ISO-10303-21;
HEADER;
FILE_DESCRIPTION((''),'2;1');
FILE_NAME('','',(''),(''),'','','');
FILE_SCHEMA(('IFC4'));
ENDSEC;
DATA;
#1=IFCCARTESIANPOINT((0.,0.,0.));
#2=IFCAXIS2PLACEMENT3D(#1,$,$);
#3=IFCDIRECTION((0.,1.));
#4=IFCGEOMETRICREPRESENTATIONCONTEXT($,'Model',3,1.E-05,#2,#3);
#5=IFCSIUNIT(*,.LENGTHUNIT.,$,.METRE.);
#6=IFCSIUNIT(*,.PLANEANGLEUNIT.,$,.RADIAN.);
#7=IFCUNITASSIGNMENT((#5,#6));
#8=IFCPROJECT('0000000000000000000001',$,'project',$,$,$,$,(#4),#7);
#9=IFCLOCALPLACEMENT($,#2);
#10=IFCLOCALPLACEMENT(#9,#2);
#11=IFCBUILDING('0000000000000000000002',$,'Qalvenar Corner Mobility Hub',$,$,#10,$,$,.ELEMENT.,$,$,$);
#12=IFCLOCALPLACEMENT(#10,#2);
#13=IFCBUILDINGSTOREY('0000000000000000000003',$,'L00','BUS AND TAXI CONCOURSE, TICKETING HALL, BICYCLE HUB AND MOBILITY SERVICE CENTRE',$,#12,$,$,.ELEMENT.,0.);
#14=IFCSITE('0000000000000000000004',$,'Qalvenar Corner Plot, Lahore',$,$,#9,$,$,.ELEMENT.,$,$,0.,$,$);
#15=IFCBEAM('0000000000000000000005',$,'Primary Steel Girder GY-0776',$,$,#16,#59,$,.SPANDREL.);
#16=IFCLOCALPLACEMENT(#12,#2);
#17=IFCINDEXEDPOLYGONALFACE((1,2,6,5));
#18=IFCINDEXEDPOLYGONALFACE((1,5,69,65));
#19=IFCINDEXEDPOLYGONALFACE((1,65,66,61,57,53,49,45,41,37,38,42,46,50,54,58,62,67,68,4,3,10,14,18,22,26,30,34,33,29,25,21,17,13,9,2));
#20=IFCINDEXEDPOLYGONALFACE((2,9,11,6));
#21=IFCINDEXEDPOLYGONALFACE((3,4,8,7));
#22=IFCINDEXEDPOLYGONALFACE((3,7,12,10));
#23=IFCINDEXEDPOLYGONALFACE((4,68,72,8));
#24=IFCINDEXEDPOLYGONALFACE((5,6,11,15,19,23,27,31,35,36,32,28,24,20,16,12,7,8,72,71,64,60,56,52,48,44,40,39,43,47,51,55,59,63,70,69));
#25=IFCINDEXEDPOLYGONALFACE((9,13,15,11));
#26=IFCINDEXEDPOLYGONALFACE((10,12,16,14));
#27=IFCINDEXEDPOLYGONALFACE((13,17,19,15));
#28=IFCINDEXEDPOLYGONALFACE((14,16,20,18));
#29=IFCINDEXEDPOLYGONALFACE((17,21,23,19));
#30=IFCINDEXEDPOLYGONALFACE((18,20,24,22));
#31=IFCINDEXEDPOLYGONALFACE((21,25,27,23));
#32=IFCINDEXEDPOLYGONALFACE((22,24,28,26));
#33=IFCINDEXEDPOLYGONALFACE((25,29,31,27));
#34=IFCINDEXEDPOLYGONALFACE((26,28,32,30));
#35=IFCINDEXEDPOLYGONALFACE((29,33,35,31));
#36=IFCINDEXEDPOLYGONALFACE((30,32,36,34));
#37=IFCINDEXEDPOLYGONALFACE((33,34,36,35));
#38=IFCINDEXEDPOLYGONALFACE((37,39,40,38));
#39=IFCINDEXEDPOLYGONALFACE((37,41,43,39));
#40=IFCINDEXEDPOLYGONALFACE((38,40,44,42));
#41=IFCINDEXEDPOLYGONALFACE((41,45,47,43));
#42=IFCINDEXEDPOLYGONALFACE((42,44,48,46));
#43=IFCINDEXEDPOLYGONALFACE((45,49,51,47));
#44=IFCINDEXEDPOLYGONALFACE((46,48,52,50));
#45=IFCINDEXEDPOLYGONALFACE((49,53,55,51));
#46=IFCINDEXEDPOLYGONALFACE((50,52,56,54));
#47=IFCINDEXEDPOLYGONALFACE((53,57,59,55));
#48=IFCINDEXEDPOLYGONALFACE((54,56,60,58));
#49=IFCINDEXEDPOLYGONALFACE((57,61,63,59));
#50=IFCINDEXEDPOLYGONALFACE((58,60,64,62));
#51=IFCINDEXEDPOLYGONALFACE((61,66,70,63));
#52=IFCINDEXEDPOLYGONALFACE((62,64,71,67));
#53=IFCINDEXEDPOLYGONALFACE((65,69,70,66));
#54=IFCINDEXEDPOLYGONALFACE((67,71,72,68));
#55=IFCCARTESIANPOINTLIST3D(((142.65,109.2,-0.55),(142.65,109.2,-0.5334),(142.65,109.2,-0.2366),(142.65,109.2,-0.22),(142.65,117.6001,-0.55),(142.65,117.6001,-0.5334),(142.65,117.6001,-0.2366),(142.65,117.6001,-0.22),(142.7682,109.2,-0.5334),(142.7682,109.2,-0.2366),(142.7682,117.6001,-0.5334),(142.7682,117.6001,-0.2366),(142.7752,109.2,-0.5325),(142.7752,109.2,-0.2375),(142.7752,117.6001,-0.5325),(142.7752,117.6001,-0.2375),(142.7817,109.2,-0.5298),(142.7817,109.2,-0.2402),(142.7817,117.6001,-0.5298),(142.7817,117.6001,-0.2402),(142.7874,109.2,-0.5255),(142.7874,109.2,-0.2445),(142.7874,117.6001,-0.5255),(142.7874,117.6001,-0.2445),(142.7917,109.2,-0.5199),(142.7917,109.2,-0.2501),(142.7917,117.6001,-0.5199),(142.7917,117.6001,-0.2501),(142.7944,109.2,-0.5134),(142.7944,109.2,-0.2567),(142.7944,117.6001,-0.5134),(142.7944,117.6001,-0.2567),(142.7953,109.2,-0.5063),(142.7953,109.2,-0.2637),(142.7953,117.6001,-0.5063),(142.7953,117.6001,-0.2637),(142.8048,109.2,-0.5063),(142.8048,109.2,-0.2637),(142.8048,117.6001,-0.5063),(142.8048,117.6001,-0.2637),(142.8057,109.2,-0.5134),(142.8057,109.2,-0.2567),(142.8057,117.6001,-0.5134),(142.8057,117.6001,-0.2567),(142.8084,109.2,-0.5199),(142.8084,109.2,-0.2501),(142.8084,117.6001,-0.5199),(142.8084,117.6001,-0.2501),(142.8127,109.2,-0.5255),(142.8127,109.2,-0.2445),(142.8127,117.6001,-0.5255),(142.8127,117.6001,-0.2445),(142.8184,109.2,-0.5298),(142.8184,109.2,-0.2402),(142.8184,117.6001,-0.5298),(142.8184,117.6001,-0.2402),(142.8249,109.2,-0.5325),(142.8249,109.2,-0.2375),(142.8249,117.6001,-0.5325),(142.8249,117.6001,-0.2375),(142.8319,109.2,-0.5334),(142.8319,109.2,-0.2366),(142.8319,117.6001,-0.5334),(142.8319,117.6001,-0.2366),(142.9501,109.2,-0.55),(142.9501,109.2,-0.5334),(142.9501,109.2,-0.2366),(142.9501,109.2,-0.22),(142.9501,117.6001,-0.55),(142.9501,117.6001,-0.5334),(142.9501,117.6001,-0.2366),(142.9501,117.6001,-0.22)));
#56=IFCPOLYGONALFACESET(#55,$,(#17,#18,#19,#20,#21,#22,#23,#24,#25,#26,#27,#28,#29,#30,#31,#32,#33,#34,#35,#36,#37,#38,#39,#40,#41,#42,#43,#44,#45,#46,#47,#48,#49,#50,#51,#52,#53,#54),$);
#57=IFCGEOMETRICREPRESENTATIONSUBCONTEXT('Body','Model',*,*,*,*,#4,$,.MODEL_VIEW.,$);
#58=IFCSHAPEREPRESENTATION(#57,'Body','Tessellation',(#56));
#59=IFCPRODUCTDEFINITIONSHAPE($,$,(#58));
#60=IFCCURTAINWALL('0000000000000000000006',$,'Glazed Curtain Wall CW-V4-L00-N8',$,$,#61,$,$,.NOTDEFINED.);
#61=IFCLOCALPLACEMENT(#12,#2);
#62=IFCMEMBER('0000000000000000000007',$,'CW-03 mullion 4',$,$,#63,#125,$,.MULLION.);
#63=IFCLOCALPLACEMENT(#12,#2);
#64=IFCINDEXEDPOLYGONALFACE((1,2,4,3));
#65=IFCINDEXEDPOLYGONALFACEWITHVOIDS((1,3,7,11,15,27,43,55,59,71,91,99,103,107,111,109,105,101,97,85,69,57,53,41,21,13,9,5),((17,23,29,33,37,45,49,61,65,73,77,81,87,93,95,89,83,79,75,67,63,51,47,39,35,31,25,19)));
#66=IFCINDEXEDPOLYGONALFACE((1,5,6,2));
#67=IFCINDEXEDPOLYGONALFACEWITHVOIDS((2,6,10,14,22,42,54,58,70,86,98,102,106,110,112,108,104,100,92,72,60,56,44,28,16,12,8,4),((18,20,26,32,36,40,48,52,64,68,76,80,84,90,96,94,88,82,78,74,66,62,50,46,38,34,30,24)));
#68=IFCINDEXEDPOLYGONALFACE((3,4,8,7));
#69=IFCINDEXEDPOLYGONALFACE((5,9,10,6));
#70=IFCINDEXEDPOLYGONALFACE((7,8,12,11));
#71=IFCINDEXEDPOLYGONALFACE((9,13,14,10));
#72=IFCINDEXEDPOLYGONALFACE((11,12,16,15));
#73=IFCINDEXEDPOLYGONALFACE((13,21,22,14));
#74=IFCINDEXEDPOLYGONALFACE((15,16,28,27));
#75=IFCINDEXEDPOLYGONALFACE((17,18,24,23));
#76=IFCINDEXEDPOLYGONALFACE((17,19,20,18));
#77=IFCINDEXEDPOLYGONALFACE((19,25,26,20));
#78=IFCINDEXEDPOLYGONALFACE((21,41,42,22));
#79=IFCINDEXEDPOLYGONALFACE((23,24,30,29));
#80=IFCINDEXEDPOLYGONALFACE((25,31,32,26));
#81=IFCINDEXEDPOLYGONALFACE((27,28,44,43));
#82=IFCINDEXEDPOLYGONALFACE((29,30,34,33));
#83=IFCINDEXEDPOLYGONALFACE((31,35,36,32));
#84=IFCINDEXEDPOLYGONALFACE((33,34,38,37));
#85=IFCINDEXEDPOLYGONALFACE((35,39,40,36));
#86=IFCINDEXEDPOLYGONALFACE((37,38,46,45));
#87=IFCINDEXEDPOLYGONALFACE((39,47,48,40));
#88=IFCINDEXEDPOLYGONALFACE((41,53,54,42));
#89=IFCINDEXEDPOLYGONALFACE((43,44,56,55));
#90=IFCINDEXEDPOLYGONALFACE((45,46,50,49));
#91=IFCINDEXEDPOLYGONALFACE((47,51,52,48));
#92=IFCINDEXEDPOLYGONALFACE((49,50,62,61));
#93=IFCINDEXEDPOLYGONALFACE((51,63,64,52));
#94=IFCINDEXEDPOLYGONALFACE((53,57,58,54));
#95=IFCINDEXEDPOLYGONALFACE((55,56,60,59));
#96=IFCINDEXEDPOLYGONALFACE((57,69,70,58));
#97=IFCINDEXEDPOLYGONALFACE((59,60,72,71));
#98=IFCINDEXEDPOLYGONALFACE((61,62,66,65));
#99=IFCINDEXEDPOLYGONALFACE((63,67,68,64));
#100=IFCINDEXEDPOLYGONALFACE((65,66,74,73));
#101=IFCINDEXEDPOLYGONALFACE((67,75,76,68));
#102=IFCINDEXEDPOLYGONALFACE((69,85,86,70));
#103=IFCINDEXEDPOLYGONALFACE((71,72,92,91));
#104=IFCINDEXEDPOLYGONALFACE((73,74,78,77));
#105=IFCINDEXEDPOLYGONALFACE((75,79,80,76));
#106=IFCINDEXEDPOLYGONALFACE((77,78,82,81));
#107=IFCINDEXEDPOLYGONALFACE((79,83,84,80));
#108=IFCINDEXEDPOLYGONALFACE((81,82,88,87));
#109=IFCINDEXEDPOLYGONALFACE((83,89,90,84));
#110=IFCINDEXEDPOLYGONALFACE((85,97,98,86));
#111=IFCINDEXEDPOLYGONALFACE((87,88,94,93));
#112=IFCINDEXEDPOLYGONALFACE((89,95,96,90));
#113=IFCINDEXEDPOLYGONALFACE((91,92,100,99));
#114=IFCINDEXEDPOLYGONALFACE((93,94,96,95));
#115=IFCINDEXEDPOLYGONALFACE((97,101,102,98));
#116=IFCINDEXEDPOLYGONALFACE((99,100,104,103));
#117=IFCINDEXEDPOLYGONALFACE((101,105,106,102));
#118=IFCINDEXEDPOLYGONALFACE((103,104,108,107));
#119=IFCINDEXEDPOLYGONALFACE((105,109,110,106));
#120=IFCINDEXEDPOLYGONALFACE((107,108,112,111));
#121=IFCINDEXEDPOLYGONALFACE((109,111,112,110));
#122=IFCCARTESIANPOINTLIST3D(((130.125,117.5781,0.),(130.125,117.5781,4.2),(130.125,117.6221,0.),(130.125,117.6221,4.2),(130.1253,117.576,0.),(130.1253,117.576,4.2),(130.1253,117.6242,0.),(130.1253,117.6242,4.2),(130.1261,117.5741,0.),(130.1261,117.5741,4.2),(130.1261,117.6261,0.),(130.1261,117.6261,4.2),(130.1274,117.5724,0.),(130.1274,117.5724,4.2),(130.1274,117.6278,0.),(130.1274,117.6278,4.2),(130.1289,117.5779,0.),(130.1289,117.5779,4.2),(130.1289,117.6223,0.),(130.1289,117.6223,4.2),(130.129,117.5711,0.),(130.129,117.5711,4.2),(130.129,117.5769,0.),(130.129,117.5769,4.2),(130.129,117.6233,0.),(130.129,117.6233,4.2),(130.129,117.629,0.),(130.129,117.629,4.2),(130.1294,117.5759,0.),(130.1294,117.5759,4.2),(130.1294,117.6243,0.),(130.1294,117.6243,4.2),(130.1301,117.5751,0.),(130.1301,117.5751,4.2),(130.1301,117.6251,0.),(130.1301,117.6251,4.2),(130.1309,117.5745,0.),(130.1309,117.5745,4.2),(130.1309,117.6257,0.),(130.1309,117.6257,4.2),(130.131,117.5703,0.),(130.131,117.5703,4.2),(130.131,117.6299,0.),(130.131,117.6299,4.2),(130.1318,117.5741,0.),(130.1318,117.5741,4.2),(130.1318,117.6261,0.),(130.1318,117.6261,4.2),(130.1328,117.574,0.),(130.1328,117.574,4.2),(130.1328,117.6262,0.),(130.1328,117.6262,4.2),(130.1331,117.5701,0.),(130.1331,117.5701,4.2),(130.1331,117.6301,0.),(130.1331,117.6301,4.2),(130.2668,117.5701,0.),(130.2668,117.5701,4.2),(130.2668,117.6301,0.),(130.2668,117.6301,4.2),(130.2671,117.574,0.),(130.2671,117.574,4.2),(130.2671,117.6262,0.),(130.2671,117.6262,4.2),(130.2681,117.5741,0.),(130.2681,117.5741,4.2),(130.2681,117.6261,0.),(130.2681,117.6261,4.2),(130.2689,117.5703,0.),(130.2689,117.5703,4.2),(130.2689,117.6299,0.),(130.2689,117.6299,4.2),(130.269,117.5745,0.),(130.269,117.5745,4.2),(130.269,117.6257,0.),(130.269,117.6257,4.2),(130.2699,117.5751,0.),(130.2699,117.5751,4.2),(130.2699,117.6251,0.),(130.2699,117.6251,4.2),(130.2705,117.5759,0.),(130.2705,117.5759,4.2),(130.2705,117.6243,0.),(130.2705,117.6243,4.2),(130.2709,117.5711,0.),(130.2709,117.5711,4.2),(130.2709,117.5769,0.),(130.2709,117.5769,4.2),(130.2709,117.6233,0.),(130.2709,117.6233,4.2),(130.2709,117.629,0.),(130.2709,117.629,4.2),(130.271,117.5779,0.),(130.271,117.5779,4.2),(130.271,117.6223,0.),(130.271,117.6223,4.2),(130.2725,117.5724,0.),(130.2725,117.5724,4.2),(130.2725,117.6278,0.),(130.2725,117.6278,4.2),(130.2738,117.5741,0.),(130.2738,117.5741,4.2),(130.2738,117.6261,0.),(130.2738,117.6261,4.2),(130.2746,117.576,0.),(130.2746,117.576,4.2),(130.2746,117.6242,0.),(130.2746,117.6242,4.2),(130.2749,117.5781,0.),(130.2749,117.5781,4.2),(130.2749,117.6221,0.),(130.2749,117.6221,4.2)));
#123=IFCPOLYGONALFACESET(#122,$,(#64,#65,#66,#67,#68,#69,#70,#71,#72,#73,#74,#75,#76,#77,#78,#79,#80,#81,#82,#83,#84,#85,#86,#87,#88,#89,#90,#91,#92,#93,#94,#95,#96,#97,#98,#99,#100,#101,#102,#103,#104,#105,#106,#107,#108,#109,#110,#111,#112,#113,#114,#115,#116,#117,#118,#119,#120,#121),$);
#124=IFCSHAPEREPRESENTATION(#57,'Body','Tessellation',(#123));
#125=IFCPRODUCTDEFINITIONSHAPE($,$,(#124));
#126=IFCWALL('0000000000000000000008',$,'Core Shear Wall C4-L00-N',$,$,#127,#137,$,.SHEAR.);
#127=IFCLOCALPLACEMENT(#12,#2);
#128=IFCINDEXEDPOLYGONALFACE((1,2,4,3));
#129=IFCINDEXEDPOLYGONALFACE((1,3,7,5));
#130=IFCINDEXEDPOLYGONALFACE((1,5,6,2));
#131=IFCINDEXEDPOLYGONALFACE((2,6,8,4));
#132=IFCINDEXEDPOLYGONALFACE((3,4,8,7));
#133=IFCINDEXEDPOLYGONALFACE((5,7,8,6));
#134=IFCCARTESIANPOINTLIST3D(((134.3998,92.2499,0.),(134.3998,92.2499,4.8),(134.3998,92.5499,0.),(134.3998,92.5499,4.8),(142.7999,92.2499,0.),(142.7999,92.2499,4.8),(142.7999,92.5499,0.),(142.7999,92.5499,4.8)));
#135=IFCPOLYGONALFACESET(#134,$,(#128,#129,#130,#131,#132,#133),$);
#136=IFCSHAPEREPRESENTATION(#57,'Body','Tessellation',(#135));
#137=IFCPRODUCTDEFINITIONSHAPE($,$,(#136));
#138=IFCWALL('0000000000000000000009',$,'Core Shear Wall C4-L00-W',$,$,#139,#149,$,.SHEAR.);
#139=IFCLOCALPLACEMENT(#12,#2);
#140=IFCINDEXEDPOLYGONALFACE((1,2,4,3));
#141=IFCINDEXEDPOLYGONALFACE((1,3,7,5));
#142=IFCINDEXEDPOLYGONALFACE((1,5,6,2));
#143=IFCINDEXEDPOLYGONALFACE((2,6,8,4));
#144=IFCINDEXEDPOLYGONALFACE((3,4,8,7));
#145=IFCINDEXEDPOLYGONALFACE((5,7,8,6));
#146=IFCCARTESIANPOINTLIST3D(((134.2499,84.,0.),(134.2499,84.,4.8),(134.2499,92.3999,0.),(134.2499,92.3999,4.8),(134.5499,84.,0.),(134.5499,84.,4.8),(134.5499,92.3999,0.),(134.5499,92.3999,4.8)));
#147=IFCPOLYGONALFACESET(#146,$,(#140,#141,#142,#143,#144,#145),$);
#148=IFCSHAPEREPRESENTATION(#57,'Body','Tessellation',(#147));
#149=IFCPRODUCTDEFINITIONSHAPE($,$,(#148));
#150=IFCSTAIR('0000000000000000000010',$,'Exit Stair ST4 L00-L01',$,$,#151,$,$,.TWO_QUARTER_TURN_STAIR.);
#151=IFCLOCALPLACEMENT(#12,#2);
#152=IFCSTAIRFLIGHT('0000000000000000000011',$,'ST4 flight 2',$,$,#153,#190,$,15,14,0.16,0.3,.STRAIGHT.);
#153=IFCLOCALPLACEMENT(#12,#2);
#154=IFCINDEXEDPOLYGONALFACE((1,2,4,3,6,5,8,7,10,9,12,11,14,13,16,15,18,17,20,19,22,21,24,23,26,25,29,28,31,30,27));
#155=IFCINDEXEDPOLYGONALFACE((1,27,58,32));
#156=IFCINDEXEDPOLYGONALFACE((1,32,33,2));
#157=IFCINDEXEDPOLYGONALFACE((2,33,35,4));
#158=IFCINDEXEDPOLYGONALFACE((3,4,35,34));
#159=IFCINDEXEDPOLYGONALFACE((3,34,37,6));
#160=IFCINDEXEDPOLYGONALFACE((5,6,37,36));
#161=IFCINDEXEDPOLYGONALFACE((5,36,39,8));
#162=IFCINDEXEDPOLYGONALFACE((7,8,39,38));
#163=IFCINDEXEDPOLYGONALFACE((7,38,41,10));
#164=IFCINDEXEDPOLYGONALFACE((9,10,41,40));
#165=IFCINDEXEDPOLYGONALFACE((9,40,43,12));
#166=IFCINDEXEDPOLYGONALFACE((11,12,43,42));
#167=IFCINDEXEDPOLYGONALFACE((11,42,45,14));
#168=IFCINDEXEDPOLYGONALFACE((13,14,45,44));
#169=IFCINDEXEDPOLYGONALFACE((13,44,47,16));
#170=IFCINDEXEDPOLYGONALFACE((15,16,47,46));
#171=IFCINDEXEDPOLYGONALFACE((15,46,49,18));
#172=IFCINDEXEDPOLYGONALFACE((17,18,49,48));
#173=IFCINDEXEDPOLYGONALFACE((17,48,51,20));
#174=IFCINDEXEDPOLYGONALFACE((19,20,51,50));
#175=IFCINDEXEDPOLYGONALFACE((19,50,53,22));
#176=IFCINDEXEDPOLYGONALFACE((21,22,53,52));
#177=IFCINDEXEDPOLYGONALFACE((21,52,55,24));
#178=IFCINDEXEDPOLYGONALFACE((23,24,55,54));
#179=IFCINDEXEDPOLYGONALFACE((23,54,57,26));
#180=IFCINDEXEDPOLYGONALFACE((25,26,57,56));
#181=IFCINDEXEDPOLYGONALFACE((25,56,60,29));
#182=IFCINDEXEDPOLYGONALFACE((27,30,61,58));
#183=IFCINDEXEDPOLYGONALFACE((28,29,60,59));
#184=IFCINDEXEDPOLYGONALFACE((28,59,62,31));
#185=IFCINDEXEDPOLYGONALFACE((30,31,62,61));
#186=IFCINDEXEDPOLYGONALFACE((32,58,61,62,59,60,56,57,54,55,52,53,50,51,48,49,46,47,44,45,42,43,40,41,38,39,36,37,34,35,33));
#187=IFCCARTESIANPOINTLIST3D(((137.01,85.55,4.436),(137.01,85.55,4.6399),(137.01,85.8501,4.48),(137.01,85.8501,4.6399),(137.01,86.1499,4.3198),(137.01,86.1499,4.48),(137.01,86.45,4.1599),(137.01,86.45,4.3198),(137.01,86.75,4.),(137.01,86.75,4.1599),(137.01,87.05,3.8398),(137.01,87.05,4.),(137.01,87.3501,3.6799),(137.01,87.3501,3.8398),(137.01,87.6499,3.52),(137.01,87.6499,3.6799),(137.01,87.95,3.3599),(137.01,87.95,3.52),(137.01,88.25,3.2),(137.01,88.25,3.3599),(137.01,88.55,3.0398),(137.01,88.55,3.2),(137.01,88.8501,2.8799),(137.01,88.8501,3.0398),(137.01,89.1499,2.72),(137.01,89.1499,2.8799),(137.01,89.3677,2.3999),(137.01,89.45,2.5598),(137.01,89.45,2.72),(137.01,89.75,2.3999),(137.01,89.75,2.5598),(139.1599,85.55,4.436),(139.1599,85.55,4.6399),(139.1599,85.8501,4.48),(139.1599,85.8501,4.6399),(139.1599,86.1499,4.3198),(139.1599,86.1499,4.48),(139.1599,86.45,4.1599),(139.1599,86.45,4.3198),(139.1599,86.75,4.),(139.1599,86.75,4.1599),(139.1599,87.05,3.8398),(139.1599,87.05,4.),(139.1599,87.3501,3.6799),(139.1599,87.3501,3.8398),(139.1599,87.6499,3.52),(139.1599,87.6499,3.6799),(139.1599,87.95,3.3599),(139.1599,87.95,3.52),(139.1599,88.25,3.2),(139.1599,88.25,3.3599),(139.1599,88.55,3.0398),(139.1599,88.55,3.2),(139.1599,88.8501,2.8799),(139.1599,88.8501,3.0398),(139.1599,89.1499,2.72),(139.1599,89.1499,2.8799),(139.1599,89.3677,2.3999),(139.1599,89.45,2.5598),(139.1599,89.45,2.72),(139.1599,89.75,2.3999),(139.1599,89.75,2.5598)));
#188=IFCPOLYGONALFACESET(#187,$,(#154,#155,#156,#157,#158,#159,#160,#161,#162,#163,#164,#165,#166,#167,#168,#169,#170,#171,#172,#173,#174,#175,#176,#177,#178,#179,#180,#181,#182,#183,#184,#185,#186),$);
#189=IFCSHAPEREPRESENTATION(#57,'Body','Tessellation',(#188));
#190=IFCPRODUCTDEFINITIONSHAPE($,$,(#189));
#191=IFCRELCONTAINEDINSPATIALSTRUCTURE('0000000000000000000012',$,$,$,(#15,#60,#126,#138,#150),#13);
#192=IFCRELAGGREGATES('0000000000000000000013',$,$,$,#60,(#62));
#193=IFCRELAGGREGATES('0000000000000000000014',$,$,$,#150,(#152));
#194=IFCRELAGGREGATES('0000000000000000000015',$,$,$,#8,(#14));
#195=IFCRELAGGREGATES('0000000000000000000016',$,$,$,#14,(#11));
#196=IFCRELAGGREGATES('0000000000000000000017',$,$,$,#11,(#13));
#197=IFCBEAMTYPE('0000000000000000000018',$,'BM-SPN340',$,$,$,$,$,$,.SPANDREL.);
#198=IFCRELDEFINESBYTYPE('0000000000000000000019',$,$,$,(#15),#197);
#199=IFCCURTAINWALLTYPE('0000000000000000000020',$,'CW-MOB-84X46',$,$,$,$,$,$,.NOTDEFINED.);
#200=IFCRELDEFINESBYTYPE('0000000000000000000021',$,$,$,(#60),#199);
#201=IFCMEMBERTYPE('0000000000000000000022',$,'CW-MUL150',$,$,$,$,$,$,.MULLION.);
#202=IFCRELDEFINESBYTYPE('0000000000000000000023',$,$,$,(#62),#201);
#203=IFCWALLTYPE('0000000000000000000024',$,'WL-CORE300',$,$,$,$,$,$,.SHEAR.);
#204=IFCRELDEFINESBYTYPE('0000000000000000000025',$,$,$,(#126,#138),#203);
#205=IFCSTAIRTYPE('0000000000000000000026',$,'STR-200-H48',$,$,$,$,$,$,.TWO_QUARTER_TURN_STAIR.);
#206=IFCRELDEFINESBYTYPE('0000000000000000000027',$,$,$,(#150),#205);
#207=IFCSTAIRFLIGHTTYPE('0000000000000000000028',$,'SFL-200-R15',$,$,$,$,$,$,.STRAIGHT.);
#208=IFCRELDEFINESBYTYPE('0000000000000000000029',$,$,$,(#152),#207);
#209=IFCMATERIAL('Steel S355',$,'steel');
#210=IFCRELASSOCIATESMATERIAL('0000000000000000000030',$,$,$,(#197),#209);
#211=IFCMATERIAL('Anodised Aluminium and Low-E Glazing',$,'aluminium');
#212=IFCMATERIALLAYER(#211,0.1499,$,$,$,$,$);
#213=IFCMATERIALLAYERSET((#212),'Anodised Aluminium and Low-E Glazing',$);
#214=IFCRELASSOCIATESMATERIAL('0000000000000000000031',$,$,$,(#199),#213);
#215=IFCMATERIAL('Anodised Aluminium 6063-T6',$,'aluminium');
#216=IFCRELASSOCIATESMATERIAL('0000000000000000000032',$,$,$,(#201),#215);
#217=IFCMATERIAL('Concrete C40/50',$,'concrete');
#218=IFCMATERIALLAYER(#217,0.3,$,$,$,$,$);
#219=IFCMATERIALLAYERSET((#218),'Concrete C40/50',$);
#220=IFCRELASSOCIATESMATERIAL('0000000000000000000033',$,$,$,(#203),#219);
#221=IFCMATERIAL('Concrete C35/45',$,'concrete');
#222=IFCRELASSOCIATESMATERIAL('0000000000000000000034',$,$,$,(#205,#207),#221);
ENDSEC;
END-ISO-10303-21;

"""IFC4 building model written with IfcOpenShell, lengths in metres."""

from ifc_helpers import new_model, si_unit, direction, frame, frame_2d, origin, origin_2d, place, context, subcontext, project, spatial, polyline, rectangle, hollow_rectangle, i_section, outline, extrude, material, layer, layer_set, material_profile, profile_set, type_object, element, aggregate, save


model = new_model("IFC4")

# Units and contexts
model_context = context("Model", 3, precision=1e-05, world=origin(), true_north=direction((0.0, 1.0)))
body_context = subcontext(model_context, "Body", "Model", "MODEL_VIEW")
ifc_project = project(units=[si_unit("LENGTHUNIT", "METRE"), si_unit("PLANEANGLEUNIT", "RADIAN")], contexts=[model_context])

# Site, building, storey
site_placement = place(None, origin())
site = spatial("IfcSite", under=ifc_project, at=site_placement, Name="Qalvenar Corner Plot, Lahore", CompositionType="ELEMENT", RefElevation=0.0)
building_placement = place(site_placement, origin())
building = spatial("IfcBuilding", under=site, at=building_placement, Name="Qalvenar Corner Mobility Hub", CompositionType="ELEMENT")
storey_placement = place(building_placement, origin())
storey = spatial("IfcBuildingStorey", under=building, at=storey_placement, Name="L00", Description="BUS AND TAXI CONCOURSE, TICKETING HALL, BICYCLE HUB AND MOBILITY SERVICE CENTRE", CompositionType="ELEMENT", Elevation=0.0)

# Shared definitions
ifc_material_1 = material(Name="Steel S355", Category="steel")

# Beam
ifc_material_profile_1 = material_profile(ifc_material_1, i_section(OverallWidth=0.3, OverallDepth=0.3301, WebThickness=0.0095, FlangeThickness=0.0166, FilletRadius=0.0271, at=origin_2d()), Name="HEA340")
ifc_profile_set_1 = profile_set([ifc_material_profile_1], Name="Steel S355")
beam_type_1 = type_object("IfcBeamType", Name="BM-SPN340", PredefinedType="SPANDREL", material=ifc_profile_set_1)
beam_1_placement = place(storey_placement, frame((142.8, 109.2, -0.385), z_axis=(0.0, 1.0, 0.0), x_axis=(-1.0, 0.0, 0.0)))
element("IfcBeam", 1, at=beam_1_placement, inside=storey, type_object=beam_type_1, Name="Primary Steel Girder GY-0776", PredefinedType="SPANDREL", context=body_context, shape_type="SweptSolid", body=[
    extrude(i_section(OverallWidth=0.3, OverallDepth=0.3301, WebThickness=0.0095, FlangeThickness=0.0166, FilletRadius=0.0271, at=origin_2d()), origin(), (0.0, 0.0, 1.0), 8.4001),
])

# Curtain wall, member
ifc_material_2 = material(Name="Anodised Aluminium and Low-E Glazing", Category="aluminium")
ifc_layer_1 = layer(ifc_material_2, 0.1499)
ifc_layer_set_1 = layer_set([ifc_layer_1], Name="Anodised Aluminium and Low-E Glazing")
curtain_wall_type = type_object("IfcCurtainWallType", Name="CW-MOB-84X46", PredefinedType="NOTDEFINED", material=ifc_layer_set_1)
curtain_wall_placement = place(storey_placement, origin())
curtain_wall = element("IfcCurtainWall", 2, at=curtain_wall_placement, inside=storey, type_object=curtain_wall_type, Name="Glazed Curtain Wall CW-V4-L00-N8", PredefinedType="NOTDEFINED")
ifc_material_3 = material(Name="Anodised Aluminium 6063-T6", Category="aluminium")
ifc_material_profile_2 = material_profile(ifc_material_3, hollow_rectangle(XDim=0.0601, YDim=0.1499, WallThickness=0.0039, InnerFilletRadius=0.0039, OuterFilletRadius=0.0081, at=origin_2d()), Name="RHS150x60x4")
ifc_profile_set_2 = profile_set([ifc_material_profile_2], Name="Anodised Aluminium 6063-T6")
member_type = type_object("IfcMemberType", Name="CW-MUL150", PredefinedType="MULLION", material=ifc_profile_set_2)
member_placement = place(storey_placement, frame((130.2, 117.6001, 0.0), z_axis=(0.0, 0.0, 1.0), x_axis=(0.0, -1.0, 0.0)))
member = element("IfcMember", 3, at=member_placement, type_object=member_type, Name="CW-03 mullion 4", PredefinedType="MULLION", context=body_context, shape_type="SweptSolid", body=[
    extrude(hollow_rectangle(XDim=0.0601, YDim=0.1499, WallThickness=0.0039, InnerFilletRadius=0.0039, OuterFilletRadius=0.0081, at=origin_2d()), origin(), (0.0, 0.0, 1.0), 4.2),
])
aggregate(curtain_wall, [member])

# Walls
ifc_material_4 = material(Name="Concrete C40/50", Category="concrete")
ifc_layer_2 = layer(ifc_material_4, 0.3)
ifc_layer_set_2 = layer_set([ifc_layer_2], Name="Concrete C40/50")
wall_type = type_object("IfcWallType", Name="WL-CORE300", PredefinedType="SHEAR", material=ifc_layer_set_2)
wall_1_placement = place(storey_placement, frame((142.8, 92.3999, 0.0), z_axis=(0.0, 0.0, 1.0), x_axis=(-1.0, 0.0, 0.0)))
element("IfcWall", 4, at=wall_1_placement, inside=storey, type_object=wall_type, Name="Core Shear Wall C4-L00-N", PredefinedType="SHEAR", context=body_context, shape_type="SweptSolid", body=[
    extrude(rectangle(XDim=8.4001, YDim=0.3, at=frame_2d((4.2002, 0.0))), origin(), (0.0, 0.0, 1.0), 4.8),
])
wall_2_placement = place(storey_placement, frame((134.3999, 92.3999, 0.0), z_axis=(0.0, 0.0, 1.0), x_axis=(0.0, -1.0, 0.0)))
element("IfcWall", 5, at=wall_2_placement, inside=storey, type_object=wall_type, Name="Core Shear Wall C4-L00-W", PredefinedType="SHEAR", context=body_context, shape_type="SweptSolid", body=[
    extrude(rectangle(XDim=8.3999, YDim=0.3, at=frame_2d((4.2, 0.0))), origin(), (0.0, 0.0, 1.0), 4.8),
])

# Stair, stair flight
ifc_material_5 = material(Name="Concrete C35/45", Category="concrete")
stair_type = type_object("IfcStairType", Name="STR-200-H48", PredefinedType="TWO_QUARTER_TURN_STAIR", material=ifc_material_5)
stair_placement = place(storey_placement, origin())
stair = element("IfcStair", 6, at=stair_placement, inside=storey, type_object=stair_type, Name="Exit Stair ST4 L00-L01", PredefinedType="TWO_QUARTER_TURN_STAIR")
stair_flight_type = type_object("IfcStairFlightType", Name="SFL-200-R15", PredefinedType="STRAIGHT", material=ifc_material_5)
stair_flight_placement = place(storey_placement, frame((138.085, 89.75, 2.3999), z_axis=(0.0, 0.0, 1.0), x_axis=(0.0, -1.0, 0.0)))
stair_flight = element("IfcStairFlight", 7, at=stair_flight_placement, type_object=stair_flight_type, Name="ST4 flight 2", NumberOfRisers=15, NumberOfTreads=14, PredefinedType="STRAIGHT", RiserHeight=0.16, TreadLength=0.3, context=body_context, shape_type="SweptSolid", body=[
    extrude(outline(polyline([(0.0, 0.0), (0.0, 0.1599), (0.3, 0.1599), (0.3, 0.3201), (0.6001, 0.3201), (0.6001, 0.48), (0.8999, 0.48), (0.8999, 0.6399), (1.2, 0.6399), (1.2, 0.8), (1.5, 0.8), (1.5, 0.96), (1.8, 0.96), (1.8, 1.1201), (2.1001, 1.1201), (2.1001, 1.28), (2.3999, 1.28), (2.3999, 1.4399), (2.7, 1.4399), (2.7, 1.6001), (3.0, 1.6001), (3.0, 1.76), (3.3, 1.76), (3.3, 1.9199), (3.6001, 1.9199), (3.6001, 2.0801), (3.8999, 2.0801), (3.8999, 2.24), (4.2, 2.24), (4.2, 2.3999), (4.2, 2.0361), (0.3823, 0.0), (0.0, 0.0)])), frame((0.0, 1.075, 0.0), z_axis=(0.0, -1.0, 0.0), x_axis=(1.0, 0.0, 0.0)), (0.0, 0.0, 1.0), 2.1499),
])
aggregate(stair, [stair_flight])

save(model, "model.ifc")
